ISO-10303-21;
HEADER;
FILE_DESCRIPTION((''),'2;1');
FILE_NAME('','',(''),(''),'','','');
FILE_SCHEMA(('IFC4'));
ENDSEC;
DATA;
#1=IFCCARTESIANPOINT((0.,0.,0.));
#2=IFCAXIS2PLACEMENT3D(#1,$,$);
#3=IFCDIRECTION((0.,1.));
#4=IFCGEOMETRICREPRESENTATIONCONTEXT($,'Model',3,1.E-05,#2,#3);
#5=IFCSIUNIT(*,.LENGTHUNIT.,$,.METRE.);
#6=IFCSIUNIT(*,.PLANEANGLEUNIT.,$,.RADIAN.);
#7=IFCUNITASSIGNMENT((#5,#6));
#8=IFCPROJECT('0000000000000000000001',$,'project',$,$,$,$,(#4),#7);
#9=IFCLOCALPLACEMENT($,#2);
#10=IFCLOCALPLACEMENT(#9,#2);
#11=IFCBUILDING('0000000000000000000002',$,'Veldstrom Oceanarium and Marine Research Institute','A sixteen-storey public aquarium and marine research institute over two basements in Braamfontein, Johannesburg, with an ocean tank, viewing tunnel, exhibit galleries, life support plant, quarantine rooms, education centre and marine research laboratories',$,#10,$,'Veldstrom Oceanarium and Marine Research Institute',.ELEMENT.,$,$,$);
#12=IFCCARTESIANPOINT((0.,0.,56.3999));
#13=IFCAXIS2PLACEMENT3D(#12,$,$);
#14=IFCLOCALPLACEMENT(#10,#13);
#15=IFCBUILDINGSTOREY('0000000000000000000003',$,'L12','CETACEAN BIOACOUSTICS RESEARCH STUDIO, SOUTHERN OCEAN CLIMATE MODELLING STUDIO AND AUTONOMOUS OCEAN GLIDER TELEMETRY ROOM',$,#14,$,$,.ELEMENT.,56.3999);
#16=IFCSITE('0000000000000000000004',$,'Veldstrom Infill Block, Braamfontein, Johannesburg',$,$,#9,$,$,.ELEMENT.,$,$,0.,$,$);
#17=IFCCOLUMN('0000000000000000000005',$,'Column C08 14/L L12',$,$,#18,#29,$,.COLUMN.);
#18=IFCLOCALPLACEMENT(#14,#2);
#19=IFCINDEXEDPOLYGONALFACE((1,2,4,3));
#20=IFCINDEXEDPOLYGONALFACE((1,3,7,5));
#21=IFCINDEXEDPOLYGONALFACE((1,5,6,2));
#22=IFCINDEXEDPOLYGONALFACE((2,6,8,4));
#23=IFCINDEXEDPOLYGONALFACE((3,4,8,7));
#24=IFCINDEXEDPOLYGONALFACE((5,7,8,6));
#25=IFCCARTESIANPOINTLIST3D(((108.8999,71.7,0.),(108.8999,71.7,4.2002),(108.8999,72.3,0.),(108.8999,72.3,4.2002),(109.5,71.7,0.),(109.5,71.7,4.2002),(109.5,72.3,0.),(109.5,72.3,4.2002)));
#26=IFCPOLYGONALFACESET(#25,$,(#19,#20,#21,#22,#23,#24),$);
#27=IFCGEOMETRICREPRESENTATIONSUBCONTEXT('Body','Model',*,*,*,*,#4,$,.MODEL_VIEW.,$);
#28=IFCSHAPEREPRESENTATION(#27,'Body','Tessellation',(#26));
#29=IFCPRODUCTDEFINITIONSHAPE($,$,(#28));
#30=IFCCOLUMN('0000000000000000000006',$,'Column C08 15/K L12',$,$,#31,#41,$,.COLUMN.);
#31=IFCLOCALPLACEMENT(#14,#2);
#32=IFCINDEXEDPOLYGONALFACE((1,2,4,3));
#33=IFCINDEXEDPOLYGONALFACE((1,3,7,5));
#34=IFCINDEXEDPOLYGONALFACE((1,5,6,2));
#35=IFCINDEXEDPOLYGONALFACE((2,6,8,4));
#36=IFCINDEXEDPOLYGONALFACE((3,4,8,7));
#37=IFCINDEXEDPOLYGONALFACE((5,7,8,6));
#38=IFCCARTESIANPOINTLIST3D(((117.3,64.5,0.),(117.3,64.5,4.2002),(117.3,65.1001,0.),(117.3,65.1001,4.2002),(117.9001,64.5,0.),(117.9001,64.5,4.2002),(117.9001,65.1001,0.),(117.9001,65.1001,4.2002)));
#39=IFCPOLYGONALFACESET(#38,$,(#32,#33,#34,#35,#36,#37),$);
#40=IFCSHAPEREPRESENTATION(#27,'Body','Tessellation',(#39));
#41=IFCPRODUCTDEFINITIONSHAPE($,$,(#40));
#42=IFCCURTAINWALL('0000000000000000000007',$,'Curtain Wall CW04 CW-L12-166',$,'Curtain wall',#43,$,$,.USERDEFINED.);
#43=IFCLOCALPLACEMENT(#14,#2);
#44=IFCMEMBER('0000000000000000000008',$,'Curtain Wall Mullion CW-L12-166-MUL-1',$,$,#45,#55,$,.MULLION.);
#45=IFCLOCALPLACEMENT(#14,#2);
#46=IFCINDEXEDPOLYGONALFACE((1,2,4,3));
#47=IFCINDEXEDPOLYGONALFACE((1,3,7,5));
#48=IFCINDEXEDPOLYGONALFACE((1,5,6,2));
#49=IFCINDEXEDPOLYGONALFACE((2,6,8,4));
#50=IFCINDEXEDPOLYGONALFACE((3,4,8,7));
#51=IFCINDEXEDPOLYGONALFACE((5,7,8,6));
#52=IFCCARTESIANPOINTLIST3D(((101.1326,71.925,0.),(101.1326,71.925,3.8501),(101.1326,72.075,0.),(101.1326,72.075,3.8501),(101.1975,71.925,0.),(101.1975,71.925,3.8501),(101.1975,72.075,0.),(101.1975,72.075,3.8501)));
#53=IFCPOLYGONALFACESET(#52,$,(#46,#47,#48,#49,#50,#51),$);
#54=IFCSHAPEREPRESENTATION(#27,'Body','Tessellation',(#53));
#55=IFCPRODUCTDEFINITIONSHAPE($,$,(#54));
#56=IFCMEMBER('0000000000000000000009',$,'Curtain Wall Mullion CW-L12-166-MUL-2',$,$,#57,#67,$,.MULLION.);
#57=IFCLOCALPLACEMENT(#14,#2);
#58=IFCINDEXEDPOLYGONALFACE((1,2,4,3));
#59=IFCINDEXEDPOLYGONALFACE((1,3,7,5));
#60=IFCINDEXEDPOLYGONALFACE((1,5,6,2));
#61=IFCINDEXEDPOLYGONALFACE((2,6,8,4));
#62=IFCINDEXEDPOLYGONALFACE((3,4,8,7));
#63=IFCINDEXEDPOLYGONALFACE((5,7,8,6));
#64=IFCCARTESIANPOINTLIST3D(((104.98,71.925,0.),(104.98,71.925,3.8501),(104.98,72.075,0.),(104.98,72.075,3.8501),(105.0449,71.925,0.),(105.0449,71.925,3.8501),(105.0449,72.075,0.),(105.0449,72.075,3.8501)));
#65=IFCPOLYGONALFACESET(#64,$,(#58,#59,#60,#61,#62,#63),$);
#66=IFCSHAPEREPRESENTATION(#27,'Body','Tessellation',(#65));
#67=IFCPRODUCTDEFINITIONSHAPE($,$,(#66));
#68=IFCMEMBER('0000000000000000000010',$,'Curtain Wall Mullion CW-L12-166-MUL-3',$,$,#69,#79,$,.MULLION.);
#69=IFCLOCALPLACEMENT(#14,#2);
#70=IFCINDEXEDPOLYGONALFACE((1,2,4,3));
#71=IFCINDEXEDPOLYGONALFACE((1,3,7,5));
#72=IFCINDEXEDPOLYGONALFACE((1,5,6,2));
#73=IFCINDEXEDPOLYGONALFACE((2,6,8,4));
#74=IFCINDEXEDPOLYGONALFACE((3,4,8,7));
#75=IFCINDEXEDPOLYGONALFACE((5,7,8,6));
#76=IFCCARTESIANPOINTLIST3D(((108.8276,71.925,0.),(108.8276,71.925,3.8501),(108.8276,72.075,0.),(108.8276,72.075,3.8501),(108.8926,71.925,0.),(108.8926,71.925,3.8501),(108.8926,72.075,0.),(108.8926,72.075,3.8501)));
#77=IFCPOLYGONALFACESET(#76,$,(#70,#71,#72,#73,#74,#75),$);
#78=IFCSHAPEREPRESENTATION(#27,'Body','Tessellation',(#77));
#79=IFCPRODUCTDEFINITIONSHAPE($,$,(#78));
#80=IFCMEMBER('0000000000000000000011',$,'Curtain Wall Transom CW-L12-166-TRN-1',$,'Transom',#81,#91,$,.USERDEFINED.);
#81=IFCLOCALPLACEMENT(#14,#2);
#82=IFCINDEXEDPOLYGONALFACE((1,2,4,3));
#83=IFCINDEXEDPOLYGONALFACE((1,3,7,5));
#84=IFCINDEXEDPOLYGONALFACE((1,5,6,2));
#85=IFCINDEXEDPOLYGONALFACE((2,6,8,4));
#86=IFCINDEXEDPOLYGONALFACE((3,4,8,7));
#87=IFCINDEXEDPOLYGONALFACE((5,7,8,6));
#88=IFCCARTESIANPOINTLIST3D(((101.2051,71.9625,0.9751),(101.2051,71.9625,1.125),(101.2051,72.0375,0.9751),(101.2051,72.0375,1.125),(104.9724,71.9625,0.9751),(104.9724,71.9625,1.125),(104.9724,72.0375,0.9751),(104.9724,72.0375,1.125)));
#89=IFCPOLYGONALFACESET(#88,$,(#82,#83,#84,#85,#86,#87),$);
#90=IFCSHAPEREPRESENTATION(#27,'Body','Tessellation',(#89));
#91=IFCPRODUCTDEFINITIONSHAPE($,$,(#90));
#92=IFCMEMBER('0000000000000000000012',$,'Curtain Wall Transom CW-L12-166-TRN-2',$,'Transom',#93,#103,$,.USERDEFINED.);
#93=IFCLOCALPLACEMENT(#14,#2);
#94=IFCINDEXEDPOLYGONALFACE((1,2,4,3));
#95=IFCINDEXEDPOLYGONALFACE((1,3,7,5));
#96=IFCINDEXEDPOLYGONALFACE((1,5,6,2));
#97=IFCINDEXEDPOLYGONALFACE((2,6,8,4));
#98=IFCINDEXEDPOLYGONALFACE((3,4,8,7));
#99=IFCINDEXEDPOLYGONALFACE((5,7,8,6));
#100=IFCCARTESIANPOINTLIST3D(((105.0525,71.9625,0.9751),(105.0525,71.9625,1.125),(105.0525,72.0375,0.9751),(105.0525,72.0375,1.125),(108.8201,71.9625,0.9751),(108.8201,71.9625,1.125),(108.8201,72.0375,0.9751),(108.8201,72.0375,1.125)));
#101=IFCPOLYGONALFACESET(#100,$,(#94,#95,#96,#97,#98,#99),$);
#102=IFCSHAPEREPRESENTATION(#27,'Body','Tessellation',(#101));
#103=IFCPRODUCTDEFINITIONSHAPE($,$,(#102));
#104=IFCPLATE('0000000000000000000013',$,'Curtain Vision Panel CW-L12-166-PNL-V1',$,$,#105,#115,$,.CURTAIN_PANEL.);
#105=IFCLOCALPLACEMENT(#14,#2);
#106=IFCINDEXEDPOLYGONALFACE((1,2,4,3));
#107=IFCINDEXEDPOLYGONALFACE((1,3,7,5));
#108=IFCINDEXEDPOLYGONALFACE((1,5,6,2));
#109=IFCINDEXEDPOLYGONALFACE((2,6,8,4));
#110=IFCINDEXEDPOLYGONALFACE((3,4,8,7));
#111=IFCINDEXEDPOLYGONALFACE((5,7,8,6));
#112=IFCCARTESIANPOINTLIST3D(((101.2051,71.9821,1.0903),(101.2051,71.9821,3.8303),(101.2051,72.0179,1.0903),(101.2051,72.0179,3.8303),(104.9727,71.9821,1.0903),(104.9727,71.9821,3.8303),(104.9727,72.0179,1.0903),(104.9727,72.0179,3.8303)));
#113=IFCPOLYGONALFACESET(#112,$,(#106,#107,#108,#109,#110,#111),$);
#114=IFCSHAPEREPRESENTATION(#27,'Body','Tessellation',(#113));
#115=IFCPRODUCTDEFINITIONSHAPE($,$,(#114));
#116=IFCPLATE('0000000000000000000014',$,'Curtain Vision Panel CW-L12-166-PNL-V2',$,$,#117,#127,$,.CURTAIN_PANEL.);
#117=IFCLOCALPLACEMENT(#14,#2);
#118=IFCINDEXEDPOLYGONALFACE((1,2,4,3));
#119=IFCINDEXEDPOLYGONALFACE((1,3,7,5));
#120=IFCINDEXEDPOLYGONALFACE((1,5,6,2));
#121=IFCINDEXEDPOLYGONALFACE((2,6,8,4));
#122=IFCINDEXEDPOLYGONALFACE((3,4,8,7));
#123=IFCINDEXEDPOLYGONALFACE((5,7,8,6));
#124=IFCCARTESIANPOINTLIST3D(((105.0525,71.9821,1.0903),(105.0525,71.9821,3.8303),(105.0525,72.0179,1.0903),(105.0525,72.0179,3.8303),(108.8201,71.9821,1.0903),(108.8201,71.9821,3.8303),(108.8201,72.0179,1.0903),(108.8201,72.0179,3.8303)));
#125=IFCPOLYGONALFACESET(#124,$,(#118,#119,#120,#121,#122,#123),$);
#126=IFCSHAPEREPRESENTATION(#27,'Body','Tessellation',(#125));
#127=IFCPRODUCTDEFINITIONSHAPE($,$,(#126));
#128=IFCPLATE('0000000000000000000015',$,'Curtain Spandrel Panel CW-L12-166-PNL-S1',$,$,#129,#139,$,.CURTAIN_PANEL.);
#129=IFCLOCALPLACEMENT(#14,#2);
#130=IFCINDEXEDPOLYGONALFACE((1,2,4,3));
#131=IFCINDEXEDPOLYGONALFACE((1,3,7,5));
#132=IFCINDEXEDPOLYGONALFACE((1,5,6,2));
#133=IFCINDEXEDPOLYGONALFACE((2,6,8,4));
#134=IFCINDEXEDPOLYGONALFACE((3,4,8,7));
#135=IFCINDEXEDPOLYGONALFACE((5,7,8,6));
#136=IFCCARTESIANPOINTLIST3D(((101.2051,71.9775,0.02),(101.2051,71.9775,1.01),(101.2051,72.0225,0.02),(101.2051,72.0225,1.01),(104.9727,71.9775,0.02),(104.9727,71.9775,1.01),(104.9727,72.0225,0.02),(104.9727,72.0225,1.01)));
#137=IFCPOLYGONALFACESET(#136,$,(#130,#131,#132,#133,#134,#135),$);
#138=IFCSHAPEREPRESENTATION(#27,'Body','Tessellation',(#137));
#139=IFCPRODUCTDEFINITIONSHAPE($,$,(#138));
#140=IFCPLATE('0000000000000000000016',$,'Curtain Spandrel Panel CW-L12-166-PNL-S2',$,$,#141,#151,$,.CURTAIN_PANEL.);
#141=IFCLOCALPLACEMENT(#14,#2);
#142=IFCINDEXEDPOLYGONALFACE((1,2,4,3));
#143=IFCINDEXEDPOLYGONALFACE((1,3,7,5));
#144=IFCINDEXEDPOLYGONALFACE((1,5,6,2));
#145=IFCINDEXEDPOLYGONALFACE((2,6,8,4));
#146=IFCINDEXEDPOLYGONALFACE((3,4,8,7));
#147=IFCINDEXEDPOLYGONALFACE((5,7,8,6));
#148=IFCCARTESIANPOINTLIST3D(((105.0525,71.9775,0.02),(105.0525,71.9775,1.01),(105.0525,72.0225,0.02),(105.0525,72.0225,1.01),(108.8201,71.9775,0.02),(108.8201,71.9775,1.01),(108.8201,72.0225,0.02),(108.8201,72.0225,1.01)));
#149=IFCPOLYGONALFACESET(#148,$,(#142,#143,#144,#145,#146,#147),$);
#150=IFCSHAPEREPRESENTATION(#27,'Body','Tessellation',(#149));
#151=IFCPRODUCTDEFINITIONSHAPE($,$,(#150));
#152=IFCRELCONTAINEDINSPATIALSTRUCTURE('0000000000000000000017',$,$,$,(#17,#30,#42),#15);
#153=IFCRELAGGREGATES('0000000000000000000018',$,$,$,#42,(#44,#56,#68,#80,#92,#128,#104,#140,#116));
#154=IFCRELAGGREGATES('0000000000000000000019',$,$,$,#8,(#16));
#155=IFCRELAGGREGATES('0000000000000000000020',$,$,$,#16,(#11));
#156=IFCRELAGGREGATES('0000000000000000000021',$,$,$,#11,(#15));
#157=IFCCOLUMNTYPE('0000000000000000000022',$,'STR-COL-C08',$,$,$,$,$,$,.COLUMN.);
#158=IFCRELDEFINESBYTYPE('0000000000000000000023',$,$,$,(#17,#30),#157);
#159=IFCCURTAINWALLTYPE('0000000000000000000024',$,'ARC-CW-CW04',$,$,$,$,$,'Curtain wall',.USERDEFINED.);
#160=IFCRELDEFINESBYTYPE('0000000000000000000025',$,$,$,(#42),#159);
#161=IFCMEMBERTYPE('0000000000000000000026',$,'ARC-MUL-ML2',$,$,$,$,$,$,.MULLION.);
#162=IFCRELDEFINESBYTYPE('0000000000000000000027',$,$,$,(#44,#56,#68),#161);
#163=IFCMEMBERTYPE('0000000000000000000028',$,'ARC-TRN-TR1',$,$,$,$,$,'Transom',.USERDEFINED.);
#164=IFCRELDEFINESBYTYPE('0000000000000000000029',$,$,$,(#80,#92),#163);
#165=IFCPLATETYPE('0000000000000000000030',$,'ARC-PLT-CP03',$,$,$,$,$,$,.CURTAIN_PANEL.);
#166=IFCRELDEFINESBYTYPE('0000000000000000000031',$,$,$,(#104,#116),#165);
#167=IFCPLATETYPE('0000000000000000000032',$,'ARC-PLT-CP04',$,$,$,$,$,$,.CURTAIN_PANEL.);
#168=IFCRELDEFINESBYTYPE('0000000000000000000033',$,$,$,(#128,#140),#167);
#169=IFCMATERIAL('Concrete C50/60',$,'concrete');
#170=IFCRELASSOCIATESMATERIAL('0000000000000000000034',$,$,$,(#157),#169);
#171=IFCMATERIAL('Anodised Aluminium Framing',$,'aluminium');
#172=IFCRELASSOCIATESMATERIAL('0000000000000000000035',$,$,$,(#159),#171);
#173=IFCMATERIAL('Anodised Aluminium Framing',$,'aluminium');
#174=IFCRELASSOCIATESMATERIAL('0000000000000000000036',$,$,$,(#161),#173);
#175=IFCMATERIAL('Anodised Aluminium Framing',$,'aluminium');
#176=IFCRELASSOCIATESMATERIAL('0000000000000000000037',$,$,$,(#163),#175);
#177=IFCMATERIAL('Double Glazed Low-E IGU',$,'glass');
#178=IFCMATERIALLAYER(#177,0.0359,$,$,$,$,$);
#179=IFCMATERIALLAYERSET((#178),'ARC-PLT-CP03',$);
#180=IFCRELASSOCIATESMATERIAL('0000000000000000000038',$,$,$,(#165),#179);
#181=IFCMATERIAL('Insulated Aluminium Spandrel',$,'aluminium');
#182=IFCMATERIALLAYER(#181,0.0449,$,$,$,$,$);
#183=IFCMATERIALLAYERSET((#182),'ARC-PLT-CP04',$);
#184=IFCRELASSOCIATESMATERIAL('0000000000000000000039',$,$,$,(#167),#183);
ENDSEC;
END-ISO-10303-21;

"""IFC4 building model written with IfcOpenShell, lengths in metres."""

from ifc_helpers import new_model, si_unit, direction, frame, origin, origin_2d, place, context, subcontext, project, spatial, rectangle, extrude, material, layer, layer_set, material_profile, profile_set, type_object, element, aggregate, save


model = new_model("IFC4")

# Units and contexts
model_context = context("Model", 3, precision=1e-05, world=origin(), true_north=direction((0.0, 1.0)))
body_context = subcontext(model_context, "Body", "Model", "MODEL_VIEW")
ifc_project = project(units=[si_unit("LENGTHUNIT", "METRE"), si_unit("PLANEANGLEUNIT", "RADIAN")], contexts=[model_context])

# Site, building, storey
site_placement = place(None, origin())
site = spatial("IfcSite", under=ifc_project, at=site_placement, Name="Veldstrom Infill Block, Braamfontein, Johannesburg", CompositionType="ELEMENT", RefElevation=0.0)
building_placement = place(site_placement, origin())
building = spatial("IfcBuilding", under=site, at=building_placement, Name="Veldstrom Oceanarium and Marine Research Institute", Description="A sixteen-storey public aquarium and marine research institute over two basements in Braamfontein, Johannesburg, with an ocean tank, viewing tunnel, exhibit galleries, life support plant, quarantine rooms, education centre and marine research laboratories", LongName="Veldstrom Oceanarium and Marine Research Institute", CompositionType="ELEMENT")
storey_placement = place(building_placement, frame((0.0, 0.0, 56.3999)))
storey = spatial("IfcBuildingStorey", under=building, at=storey_placement, Name="L12", Description="CETACEAN BIOACOUSTICS RESEARCH STUDIO, SOUTHERN OCEAN CLIMATE MODELLING STUDIO AND AUTONOMOUS OCEAN GLIDER TELEMETRY ROOM", CompositionType="ELEMENT", Elevation=56.3999)

# Columns
ifc_material_1 = material(Name="Concrete C50/60", Category="concrete")
ifc_material_profile_1 = material_profile(ifc_material_1, rectangle(XDim=0.6001, YDim=0.6001, at=origin_2d()), Name="RC-COL-600x600")
ifc_profile_set_1 = profile_set([ifc_material_profile_1], Name="Concrete C50/60")
column_type = type_object("IfcColumnType", Name="STR-COL-C08", PredefinedType="COLUMN", material=ifc_profile_set_1)
for number, where, z_axis, x_axis, name in (
    (1, (109.2, 72.0, 0.0), (0.0, 0.0, 1.0), (1.0, 0.0, 0.0), "Column C08 14/L L12"),
    (2, (117.6001, 64.8, 0.0), (0.0, 0.0, 1.0), (1.0, 0.0, 0.0), "Column C08 15/K L12"),
):
    element("IfcColumn", number, at=place(storey_placement, frame(where, z_axis=z_axis, x_axis=x_axis)), inside=storey, type_object=column_type, Name=name, PredefinedType="COLUMN", context=body_context, shape_type="SweptSolid", body=[
        extrude(rectangle(XDim=0.6001, YDim=0.6001, at=origin_2d()), origin(), (0.0, 0.0, 1.0), 4.2002),
    ])

# Curtain wall, members, plates
ifc_material_2 = material(Name="Anodised Aluminium Framing", Category="aluminium")
curtain_wall_type = type_object("IfcCurtainWallType", Name="ARC-CW-CW04", ElementType="Curtain wall", PredefinedType="USERDEFINED", material=ifc_material_2)
curtain_wall_placement = place(storey_placement, origin())
curtain_wall = element("IfcCurtainWall", 3, at=curtain_wall_placement, inside=storey, type_object=curtain_wall_type, Name="Curtain Wall CW04 CW-L12-166", ObjectType="Curtain wall", PredefinedType="USERDEFINED")
ifc_material_3 = material(Name="Anodised Aluminium Framing", Category="aluminium")
ifc_material_profile_2 = material_profile(ifc_material_3, rectangle(XDim=0.0649, YDim=0.1499, at=origin_2d()), Name="ALU-MUL-65x150")
ifc_profile_set_2 = profile_set([ifc_material_profile_2], Name="Anodised Aluminium Framing")
member_type_1 = type_object("IfcMemberType", Name="ARC-MUL-ML2", PredefinedType="MULLION", material=ifc_profile_set_2)
member_1_placement = place(storey_placement, frame((101.165, 72.0, 0.0), z_axis=(0.0, 0.0, 1.0), x_axis=(1.0, 0.0, 0.0)))
member_1 = element("IfcMember", 4, at=member_1_placement, type_object=member_type_1, Name="Curtain Wall Mullion CW-L12-166-MUL-1", PredefinedType="MULLION", context=body_context, shape_type="SweptSolid", body=[
    extrude(rectangle(XDim=0.0649, YDim=0.1499, at=origin_2d()), origin(), (0.0, 0.0, 1.0), 3.8501),
])
member_2_placement = place(storey_placement, frame((105.0125, 72.0, 0.0), z_axis=(0.0, 0.0, 1.0), x_axis=(1.0, 0.0, 0.0)))
member_2 = element("IfcMember", 5, at=member_2_placement, type_object=member_type_1, Name="Curtain Wall Mullion CW-L12-166-MUL-2", PredefinedType="MULLION", context=body_context, shape_type="SweptSolid", body=[
    extrude(rectangle(XDim=0.0649, YDim=0.1499, at=origin_2d()), origin(), (0.0, 0.0, 1.0), 3.8501),
])
member_3_placement = place(storey_placement, frame((108.8601, 72.0, 0.0), z_axis=(0.0, 0.0, 1.0), x_axis=(1.0, 0.0, 0.0)))
member_3 = element("IfcMember", 6, at=member_3_placement, type_object=member_type_1, Name="Curtain Wall Mullion CW-L12-166-MUL-3", PredefinedType="MULLION", context=body_context, shape_type="SweptSolid", body=[
    extrude(rectangle(XDim=0.0649, YDim=0.1499, at=origin_2d()), origin(), (0.0, 0.0, 1.0), 3.8501),
])
ifc_material_4 = material(Name="Anodised Aluminium Framing", Category="aluminium")
ifc_material_profile_3 = material_profile(ifc_material_4, rectangle(XDim=0.075, YDim=0.1499, at=origin_2d()), Name="ALU-TRN-75x150")
ifc_profile_set_3 = profile_set([ifc_material_profile_3], Name="Anodised Aluminium Framing")
member_type_2 = type_object("IfcMemberType", Name="ARC-TRN-TR1", ElementType="Transom", PredefinedType="USERDEFINED", material=ifc_profile_set_3)
member_4_placement = place(storey_placement, frame((101.2051, 72.0, 1.05), z_axis=(1.0, 0.0, 0.0), x_axis=(0.0, 1.0, 0.0)))
member_4 = element("IfcMember", 7, at=member_4_placement, type_object=member_type_2, Name="Curtain Wall Transom CW-L12-166-TRN-1", ObjectType="Transom", PredefinedType="USERDEFINED", context=body_context, shape_type="SweptSolid", body=[
    extrude(rectangle(XDim=0.075, YDim=0.1499, at=origin_2d()), origin(), (0.0, 0.0, 1.0), 3.7673),
])
member_5_placement = place(storey_placement, frame((105.0525, 72.0, 1.05), z_axis=(1.0, 0.0, 0.0), x_axis=(0.0, 1.0, 0.0)))
member_5 = element("IfcMember", 8, at=member_5_placement, type_object=member_type_2, Name="Curtain Wall Transom CW-L12-166-TRN-2", ObjectType="Transom", PredefinedType="USERDEFINED", context=body_context, shape_type="SweptSolid", body=[
    extrude(rectangle(XDim=0.075, YDim=0.1499, at=origin_2d()), origin(), (0.0, 0.0, 1.0), 3.7676),
])
ifc_material_5 = material(Name="Double Glazed Low-E IGU", Category="glass")
ifc_layer_1 = layer(ifc_material_5, 0.0359)
ifc_layer_set_1 = layer_set([ifc_layer_1], Name="ARC-PLT-CP03")
plate_type_1 = type_object("IfcPlateType", Name="ARC-PLT-CP03", PredefinedType="CURTAIN_PANEL", material=ifc_layer_set_1)
plate_1_placement = place(storey_placement, frame((103.0889, 72.0, 1.0903), z_axis=(0.0, 0.0, 1.0), x_axis=(1.0, 0.0, 0.0)))
plate_1 = element("IfcPlate", 9, at=plate_1_placement, type_object=plate_type_1, Name="Curtain Vision Panel CW-L12-166-PNL-V1", PredefinedType="CURTAIN_PANEL", context=body_context, shape_type="SweptSolid", body=[
    extrude(rectangle(XDim=3.7676, YDim=0.0359, at=origin_2d()), origin(), (0.0, 0.0, 1.0), 2.74),
])
plate_2_placement = place(storey_placement, frame((106.9363, 72.0, 1.0903), z_axis=(0.0, 0.0, 1.0), x_axis=(1.0, 0.0, 0.0)))
plate_2 = element("IfcPlate", 10, at=plate_2_placement, type_object=plate_type_1, Name="Curtain Vision Panel CW-L12-166-PNL-V2", PredefinedType="CURTAIN_PANEL", context=body_context, shape_type="SweptSolid", body=[
    extrude(rectangle(XDim=3.7676, YDim=0.0359, at=origin_2d()), origin(), (0.0, 0.0, 1.0), 2.74),
])
ifc_material_6 = material(Name="Insulated Aluminium Spandrel", Category="aluminium")
ifc_layer_2 = layer(ifc_material_6, 0.0449)
ifc_layer_set_2 = layer_set([ifc_layer_2], Name="ARC-PLT-CP04")
plate_type_2 = type_object("IfcPlateType", Name="ARC-PLT-CP04", PredefinedType="CURTAIN_PANEL", material=ifc_layer_set_2)
plate_3_placement = place(storey_placement, frame((103.0889, 72.0, 0.02), z_axis=(0.0, 0.0, 1.0), x_axis=(1.0, 0.0, 0.0)))
plate_3 = element("IfcPlate", 11, at=plate_3_placement, type_object=plate_type_2, Name="Curtain Spandrel Panel CW-L12-166-PNL-S1", PredefinedType="CURTAIN_PANEL", context=body_context, shape_type="SweptSolid", body=[
    extrude(rectangle(XDim=3.7676, YDim=0.0449, at=origin_2d()), origin(), (0.0, 0.0, 1.0), 0.99),
])
plate_4_placement = place(storey_placement, frame((106.9363, 72.0, 0.02), z_axis=(0.0, 0.0, 1.0), x_axis=(1.0, 0.0, 0.0)))
plate_4 = element("IfcPlate", 12, at=plate_4_placement, type_object=plate_type_2, Name="Curtain Spandrel Panel CW-L12-166-PNL-S2", PredefinedType="CURTAIN_PANEL", context=body_context, shape_type="SweptSolid", body=[
    extrude(rectangle(XDim=3.7676, YDim=0.0449, at=origin_2d()), origin(), (0.0, 0.0, 1.0), 0.99),
])
aggregate(curtain_wall, [member_1, member_2, member_3, member_4, member_5, plate_3, plate_1, plate_4, plate_2])

save(model, "model.ifc")
